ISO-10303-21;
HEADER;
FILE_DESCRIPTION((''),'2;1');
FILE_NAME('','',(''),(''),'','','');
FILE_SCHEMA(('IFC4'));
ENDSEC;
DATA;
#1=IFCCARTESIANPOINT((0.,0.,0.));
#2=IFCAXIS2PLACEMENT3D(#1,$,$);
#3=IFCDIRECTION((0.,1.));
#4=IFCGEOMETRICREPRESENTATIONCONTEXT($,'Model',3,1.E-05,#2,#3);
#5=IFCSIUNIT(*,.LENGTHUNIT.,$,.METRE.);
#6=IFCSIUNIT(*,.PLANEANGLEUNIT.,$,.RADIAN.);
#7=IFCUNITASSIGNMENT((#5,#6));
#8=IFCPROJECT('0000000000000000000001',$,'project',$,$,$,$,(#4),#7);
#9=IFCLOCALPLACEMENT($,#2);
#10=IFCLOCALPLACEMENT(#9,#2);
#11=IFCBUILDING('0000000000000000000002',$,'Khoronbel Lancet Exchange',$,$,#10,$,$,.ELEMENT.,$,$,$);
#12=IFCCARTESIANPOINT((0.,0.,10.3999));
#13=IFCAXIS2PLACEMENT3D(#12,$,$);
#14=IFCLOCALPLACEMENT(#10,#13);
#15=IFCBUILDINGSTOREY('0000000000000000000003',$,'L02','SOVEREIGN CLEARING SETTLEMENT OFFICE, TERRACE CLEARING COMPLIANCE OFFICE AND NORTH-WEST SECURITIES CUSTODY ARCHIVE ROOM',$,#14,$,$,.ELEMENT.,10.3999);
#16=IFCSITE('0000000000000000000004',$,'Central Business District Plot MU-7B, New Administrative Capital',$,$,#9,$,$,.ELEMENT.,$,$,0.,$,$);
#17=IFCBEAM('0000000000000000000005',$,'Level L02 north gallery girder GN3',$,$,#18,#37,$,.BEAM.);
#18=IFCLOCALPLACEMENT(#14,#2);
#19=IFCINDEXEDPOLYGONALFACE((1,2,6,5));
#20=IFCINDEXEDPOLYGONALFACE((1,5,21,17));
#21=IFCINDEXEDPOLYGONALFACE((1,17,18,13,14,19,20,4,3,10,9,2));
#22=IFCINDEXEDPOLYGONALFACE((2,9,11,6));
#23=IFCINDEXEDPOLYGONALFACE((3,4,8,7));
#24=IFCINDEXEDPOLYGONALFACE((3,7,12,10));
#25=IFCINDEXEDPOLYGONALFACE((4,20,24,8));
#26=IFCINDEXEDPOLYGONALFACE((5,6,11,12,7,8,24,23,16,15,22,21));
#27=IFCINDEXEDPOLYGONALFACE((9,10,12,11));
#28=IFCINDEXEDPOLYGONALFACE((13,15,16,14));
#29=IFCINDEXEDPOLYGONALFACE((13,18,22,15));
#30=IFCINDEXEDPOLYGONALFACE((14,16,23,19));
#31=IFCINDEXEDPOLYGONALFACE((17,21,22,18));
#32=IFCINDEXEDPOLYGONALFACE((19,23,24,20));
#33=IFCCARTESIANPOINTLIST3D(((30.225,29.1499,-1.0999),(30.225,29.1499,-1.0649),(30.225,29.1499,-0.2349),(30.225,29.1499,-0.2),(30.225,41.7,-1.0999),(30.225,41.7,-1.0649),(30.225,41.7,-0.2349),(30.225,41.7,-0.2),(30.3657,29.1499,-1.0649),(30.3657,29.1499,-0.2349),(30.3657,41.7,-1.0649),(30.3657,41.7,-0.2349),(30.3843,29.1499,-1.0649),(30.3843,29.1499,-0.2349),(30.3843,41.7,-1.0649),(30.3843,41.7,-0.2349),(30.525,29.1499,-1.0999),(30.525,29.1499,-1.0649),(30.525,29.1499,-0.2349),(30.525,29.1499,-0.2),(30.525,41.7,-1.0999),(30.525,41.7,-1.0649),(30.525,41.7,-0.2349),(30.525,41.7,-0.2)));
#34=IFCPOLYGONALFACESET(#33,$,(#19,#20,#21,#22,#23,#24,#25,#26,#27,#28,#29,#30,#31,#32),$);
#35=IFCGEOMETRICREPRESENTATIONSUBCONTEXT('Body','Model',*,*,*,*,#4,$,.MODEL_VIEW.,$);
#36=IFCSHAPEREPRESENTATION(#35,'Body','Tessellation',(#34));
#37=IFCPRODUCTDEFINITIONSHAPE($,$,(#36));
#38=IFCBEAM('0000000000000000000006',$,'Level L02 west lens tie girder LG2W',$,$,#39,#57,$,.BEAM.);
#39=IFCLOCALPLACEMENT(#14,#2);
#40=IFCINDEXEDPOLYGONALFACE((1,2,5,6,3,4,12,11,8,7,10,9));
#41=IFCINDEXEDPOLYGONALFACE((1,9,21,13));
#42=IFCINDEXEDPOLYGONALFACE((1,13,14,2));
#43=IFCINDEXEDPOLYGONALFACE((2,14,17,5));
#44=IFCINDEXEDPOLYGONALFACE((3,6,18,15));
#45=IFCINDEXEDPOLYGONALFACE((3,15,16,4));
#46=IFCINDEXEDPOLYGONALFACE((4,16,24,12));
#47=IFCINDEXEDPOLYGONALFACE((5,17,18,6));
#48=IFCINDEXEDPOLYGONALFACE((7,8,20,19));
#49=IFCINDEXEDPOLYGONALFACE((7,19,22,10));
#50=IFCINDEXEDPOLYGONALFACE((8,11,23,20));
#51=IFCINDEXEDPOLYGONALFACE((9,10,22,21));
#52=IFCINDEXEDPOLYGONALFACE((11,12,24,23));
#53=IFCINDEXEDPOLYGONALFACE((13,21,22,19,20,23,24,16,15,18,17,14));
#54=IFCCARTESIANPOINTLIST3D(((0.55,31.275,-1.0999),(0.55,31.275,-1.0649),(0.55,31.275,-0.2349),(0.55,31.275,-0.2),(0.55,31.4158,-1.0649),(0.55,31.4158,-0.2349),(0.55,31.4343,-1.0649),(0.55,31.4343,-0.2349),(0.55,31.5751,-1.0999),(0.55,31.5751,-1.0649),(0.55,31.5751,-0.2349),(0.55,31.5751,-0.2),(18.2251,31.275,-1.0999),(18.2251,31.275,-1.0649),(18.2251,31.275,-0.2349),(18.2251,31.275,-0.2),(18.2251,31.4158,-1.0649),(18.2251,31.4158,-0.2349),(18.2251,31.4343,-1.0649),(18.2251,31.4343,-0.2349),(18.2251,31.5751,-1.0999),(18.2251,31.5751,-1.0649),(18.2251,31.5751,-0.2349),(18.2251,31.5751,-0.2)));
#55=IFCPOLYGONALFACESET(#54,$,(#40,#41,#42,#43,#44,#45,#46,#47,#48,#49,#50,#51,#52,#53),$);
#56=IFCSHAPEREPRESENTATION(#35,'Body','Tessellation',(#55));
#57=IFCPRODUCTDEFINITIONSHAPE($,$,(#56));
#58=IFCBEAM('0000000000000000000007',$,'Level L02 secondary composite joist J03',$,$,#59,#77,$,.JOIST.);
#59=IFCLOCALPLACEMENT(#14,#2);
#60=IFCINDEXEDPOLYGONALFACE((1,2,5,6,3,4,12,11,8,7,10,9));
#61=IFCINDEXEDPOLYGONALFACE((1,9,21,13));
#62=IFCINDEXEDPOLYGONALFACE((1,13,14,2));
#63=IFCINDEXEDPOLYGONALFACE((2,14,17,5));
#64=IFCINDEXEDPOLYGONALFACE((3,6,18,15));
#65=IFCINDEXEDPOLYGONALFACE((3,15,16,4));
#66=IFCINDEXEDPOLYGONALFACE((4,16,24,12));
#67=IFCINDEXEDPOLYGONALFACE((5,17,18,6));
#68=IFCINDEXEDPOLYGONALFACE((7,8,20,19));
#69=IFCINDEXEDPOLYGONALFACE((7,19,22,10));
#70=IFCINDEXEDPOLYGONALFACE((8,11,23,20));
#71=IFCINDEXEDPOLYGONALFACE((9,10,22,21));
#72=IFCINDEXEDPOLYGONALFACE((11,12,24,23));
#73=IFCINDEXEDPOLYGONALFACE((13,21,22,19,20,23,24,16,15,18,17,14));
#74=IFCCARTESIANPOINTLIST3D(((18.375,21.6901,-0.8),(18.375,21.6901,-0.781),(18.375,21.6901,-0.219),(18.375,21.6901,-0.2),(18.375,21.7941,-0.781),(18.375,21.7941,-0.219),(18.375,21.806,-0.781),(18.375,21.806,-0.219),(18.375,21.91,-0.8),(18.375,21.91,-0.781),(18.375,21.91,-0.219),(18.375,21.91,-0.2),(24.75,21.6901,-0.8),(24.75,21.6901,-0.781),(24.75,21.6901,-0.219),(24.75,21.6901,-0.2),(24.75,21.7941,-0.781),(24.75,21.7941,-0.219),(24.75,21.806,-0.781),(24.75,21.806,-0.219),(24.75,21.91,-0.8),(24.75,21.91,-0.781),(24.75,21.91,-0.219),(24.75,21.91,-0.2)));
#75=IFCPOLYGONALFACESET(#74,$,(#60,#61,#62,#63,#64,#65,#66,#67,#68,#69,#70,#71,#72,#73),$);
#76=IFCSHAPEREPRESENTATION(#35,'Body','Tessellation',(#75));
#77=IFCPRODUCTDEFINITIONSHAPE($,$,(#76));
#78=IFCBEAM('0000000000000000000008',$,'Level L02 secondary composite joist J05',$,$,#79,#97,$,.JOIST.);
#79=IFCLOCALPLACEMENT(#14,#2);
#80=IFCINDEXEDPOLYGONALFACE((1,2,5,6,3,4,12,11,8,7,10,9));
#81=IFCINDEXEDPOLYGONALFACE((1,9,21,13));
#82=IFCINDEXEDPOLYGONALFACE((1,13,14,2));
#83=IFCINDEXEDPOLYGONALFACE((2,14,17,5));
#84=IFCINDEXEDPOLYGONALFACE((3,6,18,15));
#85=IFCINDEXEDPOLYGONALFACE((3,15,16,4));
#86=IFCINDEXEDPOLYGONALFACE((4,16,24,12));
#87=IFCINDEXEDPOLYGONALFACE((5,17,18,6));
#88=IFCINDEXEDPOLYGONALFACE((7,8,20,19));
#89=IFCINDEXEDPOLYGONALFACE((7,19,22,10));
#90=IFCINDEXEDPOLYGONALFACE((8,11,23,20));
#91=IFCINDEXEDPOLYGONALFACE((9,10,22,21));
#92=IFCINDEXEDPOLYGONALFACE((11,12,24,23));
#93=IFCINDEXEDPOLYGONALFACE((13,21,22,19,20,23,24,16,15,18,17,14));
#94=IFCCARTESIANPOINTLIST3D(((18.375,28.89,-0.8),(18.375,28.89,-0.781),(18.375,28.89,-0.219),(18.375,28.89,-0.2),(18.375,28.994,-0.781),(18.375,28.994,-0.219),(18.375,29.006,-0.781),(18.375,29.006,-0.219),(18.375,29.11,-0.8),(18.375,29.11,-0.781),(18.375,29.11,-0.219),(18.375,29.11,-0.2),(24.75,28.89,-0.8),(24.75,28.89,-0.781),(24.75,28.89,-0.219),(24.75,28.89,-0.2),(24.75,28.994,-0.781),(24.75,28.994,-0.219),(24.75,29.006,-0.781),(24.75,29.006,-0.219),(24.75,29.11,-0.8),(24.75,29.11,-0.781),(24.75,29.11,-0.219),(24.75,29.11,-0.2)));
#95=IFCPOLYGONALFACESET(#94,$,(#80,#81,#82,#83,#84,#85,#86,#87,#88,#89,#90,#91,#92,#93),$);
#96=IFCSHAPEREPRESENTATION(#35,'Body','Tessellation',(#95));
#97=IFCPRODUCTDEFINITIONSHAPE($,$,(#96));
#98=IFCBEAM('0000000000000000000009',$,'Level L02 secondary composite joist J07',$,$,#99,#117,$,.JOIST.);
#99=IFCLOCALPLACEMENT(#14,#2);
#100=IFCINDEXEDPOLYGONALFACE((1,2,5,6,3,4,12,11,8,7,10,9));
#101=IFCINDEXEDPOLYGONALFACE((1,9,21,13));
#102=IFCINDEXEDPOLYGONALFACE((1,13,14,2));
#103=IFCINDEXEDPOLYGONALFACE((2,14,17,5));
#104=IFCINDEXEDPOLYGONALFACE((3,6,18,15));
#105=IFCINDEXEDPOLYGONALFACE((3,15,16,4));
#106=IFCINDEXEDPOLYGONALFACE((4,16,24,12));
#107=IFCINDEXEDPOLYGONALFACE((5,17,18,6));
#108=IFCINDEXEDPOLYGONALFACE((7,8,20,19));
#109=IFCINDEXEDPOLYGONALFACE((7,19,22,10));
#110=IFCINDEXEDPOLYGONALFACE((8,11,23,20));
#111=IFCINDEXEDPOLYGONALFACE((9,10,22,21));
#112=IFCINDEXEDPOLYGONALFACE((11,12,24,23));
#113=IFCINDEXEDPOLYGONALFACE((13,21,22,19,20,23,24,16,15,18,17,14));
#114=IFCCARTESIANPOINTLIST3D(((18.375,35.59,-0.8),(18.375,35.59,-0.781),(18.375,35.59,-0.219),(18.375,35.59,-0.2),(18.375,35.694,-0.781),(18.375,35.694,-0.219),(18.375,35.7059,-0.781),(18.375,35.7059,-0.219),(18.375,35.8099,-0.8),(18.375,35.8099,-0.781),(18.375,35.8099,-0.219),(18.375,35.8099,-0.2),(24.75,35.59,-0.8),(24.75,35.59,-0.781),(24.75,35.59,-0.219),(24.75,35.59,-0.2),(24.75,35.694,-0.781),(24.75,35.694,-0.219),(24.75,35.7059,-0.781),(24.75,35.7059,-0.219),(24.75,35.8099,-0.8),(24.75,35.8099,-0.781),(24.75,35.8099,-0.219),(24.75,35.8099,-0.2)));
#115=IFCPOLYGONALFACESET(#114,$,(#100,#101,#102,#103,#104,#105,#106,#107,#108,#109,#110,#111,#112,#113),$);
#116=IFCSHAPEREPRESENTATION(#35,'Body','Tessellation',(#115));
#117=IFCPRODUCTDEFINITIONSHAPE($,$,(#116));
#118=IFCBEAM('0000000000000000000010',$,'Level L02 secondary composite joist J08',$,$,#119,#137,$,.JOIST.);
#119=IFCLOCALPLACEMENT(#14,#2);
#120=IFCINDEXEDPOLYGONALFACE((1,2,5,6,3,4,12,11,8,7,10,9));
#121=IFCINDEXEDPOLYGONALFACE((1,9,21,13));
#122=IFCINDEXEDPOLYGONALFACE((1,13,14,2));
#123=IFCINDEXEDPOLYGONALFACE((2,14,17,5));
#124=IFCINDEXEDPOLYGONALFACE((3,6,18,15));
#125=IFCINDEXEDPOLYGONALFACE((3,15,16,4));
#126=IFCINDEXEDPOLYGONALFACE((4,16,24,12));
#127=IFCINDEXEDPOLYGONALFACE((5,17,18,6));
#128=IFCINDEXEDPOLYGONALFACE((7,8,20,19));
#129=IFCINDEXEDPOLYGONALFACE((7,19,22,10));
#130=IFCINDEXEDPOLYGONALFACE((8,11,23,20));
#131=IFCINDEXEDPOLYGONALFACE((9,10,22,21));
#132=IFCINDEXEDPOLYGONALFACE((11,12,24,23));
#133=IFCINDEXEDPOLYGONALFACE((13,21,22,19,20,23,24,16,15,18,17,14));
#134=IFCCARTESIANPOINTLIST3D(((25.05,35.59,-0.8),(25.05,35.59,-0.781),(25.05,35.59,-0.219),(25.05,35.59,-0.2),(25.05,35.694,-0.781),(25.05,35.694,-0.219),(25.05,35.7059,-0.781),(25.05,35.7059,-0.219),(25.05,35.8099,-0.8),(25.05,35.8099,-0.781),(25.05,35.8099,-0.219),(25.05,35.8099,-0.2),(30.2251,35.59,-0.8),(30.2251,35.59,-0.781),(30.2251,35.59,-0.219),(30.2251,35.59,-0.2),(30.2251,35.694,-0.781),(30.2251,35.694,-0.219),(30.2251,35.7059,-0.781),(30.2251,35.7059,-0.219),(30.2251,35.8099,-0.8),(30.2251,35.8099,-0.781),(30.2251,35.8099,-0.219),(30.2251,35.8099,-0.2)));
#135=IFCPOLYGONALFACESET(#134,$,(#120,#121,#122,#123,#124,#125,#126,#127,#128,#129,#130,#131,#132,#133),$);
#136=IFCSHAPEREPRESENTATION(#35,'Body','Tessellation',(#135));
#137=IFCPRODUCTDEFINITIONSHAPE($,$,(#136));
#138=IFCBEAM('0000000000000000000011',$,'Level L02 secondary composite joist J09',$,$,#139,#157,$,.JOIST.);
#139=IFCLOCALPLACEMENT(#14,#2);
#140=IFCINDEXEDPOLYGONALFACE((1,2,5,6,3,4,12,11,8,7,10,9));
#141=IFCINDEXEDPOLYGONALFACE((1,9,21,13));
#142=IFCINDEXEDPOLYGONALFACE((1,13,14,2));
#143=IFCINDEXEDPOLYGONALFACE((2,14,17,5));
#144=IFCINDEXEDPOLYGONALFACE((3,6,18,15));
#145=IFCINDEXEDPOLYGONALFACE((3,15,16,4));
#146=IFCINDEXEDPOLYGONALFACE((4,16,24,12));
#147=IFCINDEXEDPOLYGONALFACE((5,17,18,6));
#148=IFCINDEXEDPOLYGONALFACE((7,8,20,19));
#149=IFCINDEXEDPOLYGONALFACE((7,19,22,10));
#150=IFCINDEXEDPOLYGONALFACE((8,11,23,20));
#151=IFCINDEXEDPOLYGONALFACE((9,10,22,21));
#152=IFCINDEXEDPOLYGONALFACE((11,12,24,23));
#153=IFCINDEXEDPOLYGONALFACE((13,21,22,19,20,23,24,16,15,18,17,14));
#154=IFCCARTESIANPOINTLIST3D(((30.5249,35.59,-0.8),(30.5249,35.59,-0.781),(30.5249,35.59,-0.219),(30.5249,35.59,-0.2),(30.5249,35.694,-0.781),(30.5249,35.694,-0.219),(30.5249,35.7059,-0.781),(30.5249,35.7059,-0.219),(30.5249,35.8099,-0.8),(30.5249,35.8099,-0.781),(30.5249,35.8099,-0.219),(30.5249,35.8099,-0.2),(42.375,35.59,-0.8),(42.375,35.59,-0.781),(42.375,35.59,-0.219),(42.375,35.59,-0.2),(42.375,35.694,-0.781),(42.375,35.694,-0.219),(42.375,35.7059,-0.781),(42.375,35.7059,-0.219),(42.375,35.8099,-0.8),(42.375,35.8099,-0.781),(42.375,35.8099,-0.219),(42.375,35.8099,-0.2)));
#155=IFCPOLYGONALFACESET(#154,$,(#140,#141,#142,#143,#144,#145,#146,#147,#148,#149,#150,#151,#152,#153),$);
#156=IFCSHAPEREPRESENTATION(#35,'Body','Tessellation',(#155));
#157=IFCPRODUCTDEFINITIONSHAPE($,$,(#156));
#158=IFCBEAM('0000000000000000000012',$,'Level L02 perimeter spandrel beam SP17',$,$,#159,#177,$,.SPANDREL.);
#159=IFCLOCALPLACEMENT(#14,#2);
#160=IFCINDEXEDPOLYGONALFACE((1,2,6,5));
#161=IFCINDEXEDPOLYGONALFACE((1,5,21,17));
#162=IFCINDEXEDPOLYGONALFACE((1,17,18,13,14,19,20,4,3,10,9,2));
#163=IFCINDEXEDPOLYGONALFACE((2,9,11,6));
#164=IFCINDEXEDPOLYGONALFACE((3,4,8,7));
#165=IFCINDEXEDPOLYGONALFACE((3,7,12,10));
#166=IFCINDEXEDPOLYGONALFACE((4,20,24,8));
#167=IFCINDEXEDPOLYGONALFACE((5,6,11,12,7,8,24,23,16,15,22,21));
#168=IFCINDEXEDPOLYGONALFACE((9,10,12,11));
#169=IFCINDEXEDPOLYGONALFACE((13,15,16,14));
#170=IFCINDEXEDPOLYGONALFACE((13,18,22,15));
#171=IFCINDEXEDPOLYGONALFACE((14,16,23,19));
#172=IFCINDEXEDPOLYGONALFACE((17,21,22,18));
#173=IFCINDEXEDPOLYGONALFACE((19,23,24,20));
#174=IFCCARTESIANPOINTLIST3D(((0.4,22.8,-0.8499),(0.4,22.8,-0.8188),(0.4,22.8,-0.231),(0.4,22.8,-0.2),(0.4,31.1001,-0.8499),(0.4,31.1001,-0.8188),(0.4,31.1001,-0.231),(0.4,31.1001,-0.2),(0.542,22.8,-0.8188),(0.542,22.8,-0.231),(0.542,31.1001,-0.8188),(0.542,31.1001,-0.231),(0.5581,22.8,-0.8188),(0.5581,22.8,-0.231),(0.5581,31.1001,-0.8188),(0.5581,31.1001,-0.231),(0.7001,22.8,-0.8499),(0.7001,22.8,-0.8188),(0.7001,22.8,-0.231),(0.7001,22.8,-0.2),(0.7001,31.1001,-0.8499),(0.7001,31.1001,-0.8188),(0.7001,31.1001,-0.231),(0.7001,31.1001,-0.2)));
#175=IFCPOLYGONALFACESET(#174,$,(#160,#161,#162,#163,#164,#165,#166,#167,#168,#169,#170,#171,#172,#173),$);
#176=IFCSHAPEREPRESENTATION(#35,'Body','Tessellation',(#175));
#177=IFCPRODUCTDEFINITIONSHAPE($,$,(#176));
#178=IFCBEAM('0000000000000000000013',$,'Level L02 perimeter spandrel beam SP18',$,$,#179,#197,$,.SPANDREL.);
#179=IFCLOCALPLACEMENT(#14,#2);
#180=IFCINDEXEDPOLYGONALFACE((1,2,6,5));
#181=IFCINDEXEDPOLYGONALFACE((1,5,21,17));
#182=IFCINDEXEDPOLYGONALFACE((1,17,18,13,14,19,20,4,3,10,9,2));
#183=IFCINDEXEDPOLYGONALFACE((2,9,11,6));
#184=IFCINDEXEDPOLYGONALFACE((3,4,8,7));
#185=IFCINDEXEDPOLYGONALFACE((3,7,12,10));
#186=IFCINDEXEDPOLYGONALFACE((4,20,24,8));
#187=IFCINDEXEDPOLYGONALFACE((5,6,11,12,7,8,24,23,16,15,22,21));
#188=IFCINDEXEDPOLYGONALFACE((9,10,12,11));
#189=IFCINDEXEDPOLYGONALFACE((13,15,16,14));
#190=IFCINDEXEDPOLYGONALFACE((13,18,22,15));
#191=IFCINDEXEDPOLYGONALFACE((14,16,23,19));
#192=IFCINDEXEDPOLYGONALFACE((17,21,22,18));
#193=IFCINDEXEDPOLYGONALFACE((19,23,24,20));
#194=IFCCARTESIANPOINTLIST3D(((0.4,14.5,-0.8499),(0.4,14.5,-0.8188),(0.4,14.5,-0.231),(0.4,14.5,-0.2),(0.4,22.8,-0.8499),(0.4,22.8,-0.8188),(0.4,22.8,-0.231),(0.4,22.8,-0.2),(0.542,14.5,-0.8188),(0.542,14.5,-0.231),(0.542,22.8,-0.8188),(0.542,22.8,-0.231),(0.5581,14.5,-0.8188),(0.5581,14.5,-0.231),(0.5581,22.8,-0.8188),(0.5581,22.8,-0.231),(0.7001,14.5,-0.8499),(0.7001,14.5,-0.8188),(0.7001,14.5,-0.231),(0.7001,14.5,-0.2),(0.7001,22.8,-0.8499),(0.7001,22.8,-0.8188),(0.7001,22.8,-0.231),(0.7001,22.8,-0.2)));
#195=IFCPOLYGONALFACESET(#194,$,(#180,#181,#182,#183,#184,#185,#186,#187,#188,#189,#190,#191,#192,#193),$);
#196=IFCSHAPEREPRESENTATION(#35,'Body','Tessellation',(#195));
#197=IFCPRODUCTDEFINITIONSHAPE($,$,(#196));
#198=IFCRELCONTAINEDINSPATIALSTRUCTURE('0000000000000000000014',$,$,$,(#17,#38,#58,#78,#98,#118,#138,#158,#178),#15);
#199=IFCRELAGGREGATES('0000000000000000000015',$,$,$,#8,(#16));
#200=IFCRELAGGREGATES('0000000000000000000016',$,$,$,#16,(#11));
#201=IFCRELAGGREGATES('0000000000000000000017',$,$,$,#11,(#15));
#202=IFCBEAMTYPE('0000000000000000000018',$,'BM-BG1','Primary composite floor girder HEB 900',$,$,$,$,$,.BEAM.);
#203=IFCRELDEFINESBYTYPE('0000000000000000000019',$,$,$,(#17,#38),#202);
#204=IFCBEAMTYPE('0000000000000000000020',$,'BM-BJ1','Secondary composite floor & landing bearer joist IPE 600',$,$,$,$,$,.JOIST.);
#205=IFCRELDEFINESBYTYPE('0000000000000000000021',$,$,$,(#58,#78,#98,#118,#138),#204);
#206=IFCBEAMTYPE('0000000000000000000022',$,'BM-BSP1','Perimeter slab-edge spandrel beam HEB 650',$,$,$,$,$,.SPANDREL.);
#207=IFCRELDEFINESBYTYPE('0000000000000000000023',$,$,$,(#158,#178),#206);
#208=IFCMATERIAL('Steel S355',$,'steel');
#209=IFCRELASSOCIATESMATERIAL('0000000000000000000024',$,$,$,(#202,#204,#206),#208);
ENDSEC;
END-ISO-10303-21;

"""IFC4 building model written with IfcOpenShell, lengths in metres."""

from ifc_helpers import new_model, si_unit, direction, frame, origin, origin_2d, place, context, subcontext, project, spatial, i_section, extrude, material, material_profile, profile_set, type_object, element, save


model = new_model("IFC4")

# Units and contexts
model_context = context("Model", 3, precision=1e-05, world=origin(), true_north=direction((0.0, 1.0)))
body_context = subcontext(model_context, "Body", "Model", "MODEL_VIEW")
ifc_project = project(units=[si_unit("LENGTHUNIT", "METRE"), si_unit("PLANEANGLEUNIT", "RADIAN")], contexts=[model_context])

# Site, building, storey
site_placement = place(None, origin())
site = spatial("IfcSite", under=ifc_project, at=site_placement, Name="Central Business District Plot MU-7B, New Administrative Capital", CompositionType="ELEMENT", RefElevation=0.0)
building_placement = place(site_placement, origin())
building = spatial("IfcBuilding", under=site, at=building_placement, Name="Khoronbel Lancet Exchange", CompositionType="ELEMENT")
storey_placement = place(building_placement, frame((0.0, 0.0, 10.3999)))
storey = spatial("IfcBuildingStorey", under=building, at=storey_placement, Name="L02", Description="SOVEREIGN CLEARING SETTLEMENT OFFICE, TERRACE CLEARING COMPLIANCE OFFICE AND NORTH-WEST SECURITIES CUSTODY ARCHIVE ROOM", CompositionType="ELEMENT", Elevation=10.3999)

# Shared definitions
ifc_material_1 = material(Name="Steel S355", Category="steel")

# Beams
ifc_material_profile_1 = material_profile(ifc_material_1, i_section(OverallWidth=0.3, OverallDepth=0.8999, WebThickness=0.0186, FlangeThickness=0.0349, at=origin_2d()), Name="HEB 900")
ifc_profile_set_1 = profile_set([ifc_material_profile_1], Name="Steel S355")
beam_type_1 = type_object("IfcBeamType", Name="BM-BG1", Description="Primary composite floor girder HEB 900", PredefinedType="BEAM", material=ifc_profile_set_1)
beam_1_placement = place(storey_placement, frame((30.375, 29.1499, -0.6499), z_axis=(0.0, 1.0, 0.0), x_axis=(-1.0, 0.0, 0.0)))
element("IfcBeam", 1, at=beam_1_placement, inside=storey, type_object=beam_type_1, Name="Level L02 north gallery girder GN3", PredefinedType="BEAM", context=body_context, shape_type="SweptSolid", body=[
    extrude(i_section(OverallWidth=0.3, OverallDepth=0.8999, WebThickness=0.0186, FlangeThickness=0.0349, at=origin_2d()), origin(), (0.0, 0.0, 1.0), 12.55),
])
beam_2_placement = place(storey_placement, frame((0.55, 31.425, -0.6499), z_axis=(1.0, 0.0, 0.0), x_axis=(0.0, 1.0, 0.0)))
element("IfcBeam", 2, at=beam_2_placement, inside=storey, type_object=beam_type_1, Name="Level L02 west lens tie girder LG2W", PredefinedType="BEAM", context=body_context, shape_type="SweptSolid", body=[
    extrude(i_section(OverallWidth=0.3, OverallDepth=0.8999, WebThickness=0.0186, FlangeThickness=0.0349, at=origin_2d()), origin(), (0.0, 0.0, 1.0), 17.675),
])
ifc_material_profile_2 = material_profile(ifc_material_1, i_section(OverallWidth=0.22, OverallDepth=0.6001, WebThickness=0.012, FlangeThickness=0.019, at=origin_2d()), Name="IPE 600")
ifc_profile_set_2 = profile_set([ifc_material_profile_2], Name="Steel S355")
beam_type_2 = type_object("IfcBeamType", Name="BM-BJ1", Description="Secondary composite floor & landing bearer joist IPE 600", PredefinedType="JOIST", material=ifc_profile_set_2)
for number, where, z_axis, x_axis, name in (
    (3, (18.375, 21.8, -0.5), (1.0, 0.0, 0.0), (0.0, 1.0, 0.0), "Level L02 secondary composite joist J03"),
    (4, (18.375, 29.0, -0.5), (1.0, 0.0, 0.0), (0.0, 1.0, 0.0), "Level L02 secondary composite joist J05"),
    (5, (18.375, 35.7, -0.5), (1.0, 0.0, 0.0), (0.0, 1.0, 0.0), "Level L02 secondary composite joist J07"),
):
    element("IfcBeam", number, at=place(storey_placement, frame(where, z_axis=z_axis, x_axis=x_axis)), inside=storey, type_object=beam_type_2, Name=name, PredefinedType="JOIST", context=body_context, shape_type="SweptSolid", body=[
        extrude(i_section(OverallWidth=0.22, OverallDepth=0.6001, WebThickness=0.012, FlangeThickness=0.019, at=origin_2d()), origin(), (0.0, 0.0, 1.0), 6.375),
    ])
beam_3_placement = place(storey_placement, frame((25.05, 35.7, -0.5), z_axis=(1.0, 0.0, 0.0), x_axis=(0.0, 1.0, 0.0)))
element("IfcBeam", 6, at=beam_3_placement, inside=storey, type_object=beam_type_2, Name="Level L02 secondary composite joist J08", PredefinedType="JOIST", context=body_context, shape_type="SweptSolid", body=[
    extrude(i_section(OverallWidth=0.22, OverallDepth=0.6001, WebThickness=0.012, FlangeThickness=0.019, at=origin_2d()), origin(), (0.0, 0.0, 1.0), 5.175),
])
beam_4_placement = place(storey_placement, frame((30.5249, 35.7, -0.5), z_axis=(1.0, 0.0, 0.0), x_axis=(0.0, 1.0, 0.0)))
element("IfcBeam", 7, at=beam_4_placement, inside=storey, type_object=beam_type_2, Name="Level L02 secondary composite joist J09", PredefinedType="JOIST", context=body_context, shape_type="SweptSolid", body=[
    extrude(i_section(OverallWidth=0.22, OverallDepth=0.6001, WebThickness=0.012, FlangeThickness=0.019, at=origin_2d()), origin(), (0.0, 0.0, 1.0), 11.8501),
])
ifc_material_profile_3 = material_profile(ifc_material_1, i_section(OverallWidth=0.3, OverallDepth=0.6499, WebThickness=0.0161, FlangeThickness=0.031, at=origin_2d()), Name="HEB 650")
ifc_profile_set_3 = profile_set([ifc_material_profile_3], Name="Steel S355")
beam_type_3 = type_object("IfcBeamType", Name="BM-BSP1", Description="Perimeter slab-edge spandrel beam HEB 650", PredefinedType="SPANDREL", material=ifc_profile_set_3)
for number, where, z_axis, x_axis, name in (
    (8, (0.55, 31.1001, -0.5249), (0.0, -1.0, 0.0), (1.0, 0.0, 0.0), "Level L02 perimeter spandrel beam SP17"),
    (9, (0.55, 22.8, -0.5249), (0.0, -1.0, 0.0), (1.0, 0.0, 0.0), "Level L02 perimeter spandrel beam SP18"),
):
    element("IfcBeam", number, at=place(storey_placement, frame(where, z_axis=z_axis, x_axis=x_axis)), inside=storey, type_object=beam_type_3, Name=name, PredefinedType="SPANDREL", context=body_context, shape_type="SweptSolid", body=[
        extrude(i_section(OverallWidth=0.3, OverallDepth=0.6499, WebThickness=0.0161, FlangeThickness=0.031, at=origin_2d()), origin(), (0.0, 0.0, 1.0), 8.3),
    ])

save(model, "model.ifc")
